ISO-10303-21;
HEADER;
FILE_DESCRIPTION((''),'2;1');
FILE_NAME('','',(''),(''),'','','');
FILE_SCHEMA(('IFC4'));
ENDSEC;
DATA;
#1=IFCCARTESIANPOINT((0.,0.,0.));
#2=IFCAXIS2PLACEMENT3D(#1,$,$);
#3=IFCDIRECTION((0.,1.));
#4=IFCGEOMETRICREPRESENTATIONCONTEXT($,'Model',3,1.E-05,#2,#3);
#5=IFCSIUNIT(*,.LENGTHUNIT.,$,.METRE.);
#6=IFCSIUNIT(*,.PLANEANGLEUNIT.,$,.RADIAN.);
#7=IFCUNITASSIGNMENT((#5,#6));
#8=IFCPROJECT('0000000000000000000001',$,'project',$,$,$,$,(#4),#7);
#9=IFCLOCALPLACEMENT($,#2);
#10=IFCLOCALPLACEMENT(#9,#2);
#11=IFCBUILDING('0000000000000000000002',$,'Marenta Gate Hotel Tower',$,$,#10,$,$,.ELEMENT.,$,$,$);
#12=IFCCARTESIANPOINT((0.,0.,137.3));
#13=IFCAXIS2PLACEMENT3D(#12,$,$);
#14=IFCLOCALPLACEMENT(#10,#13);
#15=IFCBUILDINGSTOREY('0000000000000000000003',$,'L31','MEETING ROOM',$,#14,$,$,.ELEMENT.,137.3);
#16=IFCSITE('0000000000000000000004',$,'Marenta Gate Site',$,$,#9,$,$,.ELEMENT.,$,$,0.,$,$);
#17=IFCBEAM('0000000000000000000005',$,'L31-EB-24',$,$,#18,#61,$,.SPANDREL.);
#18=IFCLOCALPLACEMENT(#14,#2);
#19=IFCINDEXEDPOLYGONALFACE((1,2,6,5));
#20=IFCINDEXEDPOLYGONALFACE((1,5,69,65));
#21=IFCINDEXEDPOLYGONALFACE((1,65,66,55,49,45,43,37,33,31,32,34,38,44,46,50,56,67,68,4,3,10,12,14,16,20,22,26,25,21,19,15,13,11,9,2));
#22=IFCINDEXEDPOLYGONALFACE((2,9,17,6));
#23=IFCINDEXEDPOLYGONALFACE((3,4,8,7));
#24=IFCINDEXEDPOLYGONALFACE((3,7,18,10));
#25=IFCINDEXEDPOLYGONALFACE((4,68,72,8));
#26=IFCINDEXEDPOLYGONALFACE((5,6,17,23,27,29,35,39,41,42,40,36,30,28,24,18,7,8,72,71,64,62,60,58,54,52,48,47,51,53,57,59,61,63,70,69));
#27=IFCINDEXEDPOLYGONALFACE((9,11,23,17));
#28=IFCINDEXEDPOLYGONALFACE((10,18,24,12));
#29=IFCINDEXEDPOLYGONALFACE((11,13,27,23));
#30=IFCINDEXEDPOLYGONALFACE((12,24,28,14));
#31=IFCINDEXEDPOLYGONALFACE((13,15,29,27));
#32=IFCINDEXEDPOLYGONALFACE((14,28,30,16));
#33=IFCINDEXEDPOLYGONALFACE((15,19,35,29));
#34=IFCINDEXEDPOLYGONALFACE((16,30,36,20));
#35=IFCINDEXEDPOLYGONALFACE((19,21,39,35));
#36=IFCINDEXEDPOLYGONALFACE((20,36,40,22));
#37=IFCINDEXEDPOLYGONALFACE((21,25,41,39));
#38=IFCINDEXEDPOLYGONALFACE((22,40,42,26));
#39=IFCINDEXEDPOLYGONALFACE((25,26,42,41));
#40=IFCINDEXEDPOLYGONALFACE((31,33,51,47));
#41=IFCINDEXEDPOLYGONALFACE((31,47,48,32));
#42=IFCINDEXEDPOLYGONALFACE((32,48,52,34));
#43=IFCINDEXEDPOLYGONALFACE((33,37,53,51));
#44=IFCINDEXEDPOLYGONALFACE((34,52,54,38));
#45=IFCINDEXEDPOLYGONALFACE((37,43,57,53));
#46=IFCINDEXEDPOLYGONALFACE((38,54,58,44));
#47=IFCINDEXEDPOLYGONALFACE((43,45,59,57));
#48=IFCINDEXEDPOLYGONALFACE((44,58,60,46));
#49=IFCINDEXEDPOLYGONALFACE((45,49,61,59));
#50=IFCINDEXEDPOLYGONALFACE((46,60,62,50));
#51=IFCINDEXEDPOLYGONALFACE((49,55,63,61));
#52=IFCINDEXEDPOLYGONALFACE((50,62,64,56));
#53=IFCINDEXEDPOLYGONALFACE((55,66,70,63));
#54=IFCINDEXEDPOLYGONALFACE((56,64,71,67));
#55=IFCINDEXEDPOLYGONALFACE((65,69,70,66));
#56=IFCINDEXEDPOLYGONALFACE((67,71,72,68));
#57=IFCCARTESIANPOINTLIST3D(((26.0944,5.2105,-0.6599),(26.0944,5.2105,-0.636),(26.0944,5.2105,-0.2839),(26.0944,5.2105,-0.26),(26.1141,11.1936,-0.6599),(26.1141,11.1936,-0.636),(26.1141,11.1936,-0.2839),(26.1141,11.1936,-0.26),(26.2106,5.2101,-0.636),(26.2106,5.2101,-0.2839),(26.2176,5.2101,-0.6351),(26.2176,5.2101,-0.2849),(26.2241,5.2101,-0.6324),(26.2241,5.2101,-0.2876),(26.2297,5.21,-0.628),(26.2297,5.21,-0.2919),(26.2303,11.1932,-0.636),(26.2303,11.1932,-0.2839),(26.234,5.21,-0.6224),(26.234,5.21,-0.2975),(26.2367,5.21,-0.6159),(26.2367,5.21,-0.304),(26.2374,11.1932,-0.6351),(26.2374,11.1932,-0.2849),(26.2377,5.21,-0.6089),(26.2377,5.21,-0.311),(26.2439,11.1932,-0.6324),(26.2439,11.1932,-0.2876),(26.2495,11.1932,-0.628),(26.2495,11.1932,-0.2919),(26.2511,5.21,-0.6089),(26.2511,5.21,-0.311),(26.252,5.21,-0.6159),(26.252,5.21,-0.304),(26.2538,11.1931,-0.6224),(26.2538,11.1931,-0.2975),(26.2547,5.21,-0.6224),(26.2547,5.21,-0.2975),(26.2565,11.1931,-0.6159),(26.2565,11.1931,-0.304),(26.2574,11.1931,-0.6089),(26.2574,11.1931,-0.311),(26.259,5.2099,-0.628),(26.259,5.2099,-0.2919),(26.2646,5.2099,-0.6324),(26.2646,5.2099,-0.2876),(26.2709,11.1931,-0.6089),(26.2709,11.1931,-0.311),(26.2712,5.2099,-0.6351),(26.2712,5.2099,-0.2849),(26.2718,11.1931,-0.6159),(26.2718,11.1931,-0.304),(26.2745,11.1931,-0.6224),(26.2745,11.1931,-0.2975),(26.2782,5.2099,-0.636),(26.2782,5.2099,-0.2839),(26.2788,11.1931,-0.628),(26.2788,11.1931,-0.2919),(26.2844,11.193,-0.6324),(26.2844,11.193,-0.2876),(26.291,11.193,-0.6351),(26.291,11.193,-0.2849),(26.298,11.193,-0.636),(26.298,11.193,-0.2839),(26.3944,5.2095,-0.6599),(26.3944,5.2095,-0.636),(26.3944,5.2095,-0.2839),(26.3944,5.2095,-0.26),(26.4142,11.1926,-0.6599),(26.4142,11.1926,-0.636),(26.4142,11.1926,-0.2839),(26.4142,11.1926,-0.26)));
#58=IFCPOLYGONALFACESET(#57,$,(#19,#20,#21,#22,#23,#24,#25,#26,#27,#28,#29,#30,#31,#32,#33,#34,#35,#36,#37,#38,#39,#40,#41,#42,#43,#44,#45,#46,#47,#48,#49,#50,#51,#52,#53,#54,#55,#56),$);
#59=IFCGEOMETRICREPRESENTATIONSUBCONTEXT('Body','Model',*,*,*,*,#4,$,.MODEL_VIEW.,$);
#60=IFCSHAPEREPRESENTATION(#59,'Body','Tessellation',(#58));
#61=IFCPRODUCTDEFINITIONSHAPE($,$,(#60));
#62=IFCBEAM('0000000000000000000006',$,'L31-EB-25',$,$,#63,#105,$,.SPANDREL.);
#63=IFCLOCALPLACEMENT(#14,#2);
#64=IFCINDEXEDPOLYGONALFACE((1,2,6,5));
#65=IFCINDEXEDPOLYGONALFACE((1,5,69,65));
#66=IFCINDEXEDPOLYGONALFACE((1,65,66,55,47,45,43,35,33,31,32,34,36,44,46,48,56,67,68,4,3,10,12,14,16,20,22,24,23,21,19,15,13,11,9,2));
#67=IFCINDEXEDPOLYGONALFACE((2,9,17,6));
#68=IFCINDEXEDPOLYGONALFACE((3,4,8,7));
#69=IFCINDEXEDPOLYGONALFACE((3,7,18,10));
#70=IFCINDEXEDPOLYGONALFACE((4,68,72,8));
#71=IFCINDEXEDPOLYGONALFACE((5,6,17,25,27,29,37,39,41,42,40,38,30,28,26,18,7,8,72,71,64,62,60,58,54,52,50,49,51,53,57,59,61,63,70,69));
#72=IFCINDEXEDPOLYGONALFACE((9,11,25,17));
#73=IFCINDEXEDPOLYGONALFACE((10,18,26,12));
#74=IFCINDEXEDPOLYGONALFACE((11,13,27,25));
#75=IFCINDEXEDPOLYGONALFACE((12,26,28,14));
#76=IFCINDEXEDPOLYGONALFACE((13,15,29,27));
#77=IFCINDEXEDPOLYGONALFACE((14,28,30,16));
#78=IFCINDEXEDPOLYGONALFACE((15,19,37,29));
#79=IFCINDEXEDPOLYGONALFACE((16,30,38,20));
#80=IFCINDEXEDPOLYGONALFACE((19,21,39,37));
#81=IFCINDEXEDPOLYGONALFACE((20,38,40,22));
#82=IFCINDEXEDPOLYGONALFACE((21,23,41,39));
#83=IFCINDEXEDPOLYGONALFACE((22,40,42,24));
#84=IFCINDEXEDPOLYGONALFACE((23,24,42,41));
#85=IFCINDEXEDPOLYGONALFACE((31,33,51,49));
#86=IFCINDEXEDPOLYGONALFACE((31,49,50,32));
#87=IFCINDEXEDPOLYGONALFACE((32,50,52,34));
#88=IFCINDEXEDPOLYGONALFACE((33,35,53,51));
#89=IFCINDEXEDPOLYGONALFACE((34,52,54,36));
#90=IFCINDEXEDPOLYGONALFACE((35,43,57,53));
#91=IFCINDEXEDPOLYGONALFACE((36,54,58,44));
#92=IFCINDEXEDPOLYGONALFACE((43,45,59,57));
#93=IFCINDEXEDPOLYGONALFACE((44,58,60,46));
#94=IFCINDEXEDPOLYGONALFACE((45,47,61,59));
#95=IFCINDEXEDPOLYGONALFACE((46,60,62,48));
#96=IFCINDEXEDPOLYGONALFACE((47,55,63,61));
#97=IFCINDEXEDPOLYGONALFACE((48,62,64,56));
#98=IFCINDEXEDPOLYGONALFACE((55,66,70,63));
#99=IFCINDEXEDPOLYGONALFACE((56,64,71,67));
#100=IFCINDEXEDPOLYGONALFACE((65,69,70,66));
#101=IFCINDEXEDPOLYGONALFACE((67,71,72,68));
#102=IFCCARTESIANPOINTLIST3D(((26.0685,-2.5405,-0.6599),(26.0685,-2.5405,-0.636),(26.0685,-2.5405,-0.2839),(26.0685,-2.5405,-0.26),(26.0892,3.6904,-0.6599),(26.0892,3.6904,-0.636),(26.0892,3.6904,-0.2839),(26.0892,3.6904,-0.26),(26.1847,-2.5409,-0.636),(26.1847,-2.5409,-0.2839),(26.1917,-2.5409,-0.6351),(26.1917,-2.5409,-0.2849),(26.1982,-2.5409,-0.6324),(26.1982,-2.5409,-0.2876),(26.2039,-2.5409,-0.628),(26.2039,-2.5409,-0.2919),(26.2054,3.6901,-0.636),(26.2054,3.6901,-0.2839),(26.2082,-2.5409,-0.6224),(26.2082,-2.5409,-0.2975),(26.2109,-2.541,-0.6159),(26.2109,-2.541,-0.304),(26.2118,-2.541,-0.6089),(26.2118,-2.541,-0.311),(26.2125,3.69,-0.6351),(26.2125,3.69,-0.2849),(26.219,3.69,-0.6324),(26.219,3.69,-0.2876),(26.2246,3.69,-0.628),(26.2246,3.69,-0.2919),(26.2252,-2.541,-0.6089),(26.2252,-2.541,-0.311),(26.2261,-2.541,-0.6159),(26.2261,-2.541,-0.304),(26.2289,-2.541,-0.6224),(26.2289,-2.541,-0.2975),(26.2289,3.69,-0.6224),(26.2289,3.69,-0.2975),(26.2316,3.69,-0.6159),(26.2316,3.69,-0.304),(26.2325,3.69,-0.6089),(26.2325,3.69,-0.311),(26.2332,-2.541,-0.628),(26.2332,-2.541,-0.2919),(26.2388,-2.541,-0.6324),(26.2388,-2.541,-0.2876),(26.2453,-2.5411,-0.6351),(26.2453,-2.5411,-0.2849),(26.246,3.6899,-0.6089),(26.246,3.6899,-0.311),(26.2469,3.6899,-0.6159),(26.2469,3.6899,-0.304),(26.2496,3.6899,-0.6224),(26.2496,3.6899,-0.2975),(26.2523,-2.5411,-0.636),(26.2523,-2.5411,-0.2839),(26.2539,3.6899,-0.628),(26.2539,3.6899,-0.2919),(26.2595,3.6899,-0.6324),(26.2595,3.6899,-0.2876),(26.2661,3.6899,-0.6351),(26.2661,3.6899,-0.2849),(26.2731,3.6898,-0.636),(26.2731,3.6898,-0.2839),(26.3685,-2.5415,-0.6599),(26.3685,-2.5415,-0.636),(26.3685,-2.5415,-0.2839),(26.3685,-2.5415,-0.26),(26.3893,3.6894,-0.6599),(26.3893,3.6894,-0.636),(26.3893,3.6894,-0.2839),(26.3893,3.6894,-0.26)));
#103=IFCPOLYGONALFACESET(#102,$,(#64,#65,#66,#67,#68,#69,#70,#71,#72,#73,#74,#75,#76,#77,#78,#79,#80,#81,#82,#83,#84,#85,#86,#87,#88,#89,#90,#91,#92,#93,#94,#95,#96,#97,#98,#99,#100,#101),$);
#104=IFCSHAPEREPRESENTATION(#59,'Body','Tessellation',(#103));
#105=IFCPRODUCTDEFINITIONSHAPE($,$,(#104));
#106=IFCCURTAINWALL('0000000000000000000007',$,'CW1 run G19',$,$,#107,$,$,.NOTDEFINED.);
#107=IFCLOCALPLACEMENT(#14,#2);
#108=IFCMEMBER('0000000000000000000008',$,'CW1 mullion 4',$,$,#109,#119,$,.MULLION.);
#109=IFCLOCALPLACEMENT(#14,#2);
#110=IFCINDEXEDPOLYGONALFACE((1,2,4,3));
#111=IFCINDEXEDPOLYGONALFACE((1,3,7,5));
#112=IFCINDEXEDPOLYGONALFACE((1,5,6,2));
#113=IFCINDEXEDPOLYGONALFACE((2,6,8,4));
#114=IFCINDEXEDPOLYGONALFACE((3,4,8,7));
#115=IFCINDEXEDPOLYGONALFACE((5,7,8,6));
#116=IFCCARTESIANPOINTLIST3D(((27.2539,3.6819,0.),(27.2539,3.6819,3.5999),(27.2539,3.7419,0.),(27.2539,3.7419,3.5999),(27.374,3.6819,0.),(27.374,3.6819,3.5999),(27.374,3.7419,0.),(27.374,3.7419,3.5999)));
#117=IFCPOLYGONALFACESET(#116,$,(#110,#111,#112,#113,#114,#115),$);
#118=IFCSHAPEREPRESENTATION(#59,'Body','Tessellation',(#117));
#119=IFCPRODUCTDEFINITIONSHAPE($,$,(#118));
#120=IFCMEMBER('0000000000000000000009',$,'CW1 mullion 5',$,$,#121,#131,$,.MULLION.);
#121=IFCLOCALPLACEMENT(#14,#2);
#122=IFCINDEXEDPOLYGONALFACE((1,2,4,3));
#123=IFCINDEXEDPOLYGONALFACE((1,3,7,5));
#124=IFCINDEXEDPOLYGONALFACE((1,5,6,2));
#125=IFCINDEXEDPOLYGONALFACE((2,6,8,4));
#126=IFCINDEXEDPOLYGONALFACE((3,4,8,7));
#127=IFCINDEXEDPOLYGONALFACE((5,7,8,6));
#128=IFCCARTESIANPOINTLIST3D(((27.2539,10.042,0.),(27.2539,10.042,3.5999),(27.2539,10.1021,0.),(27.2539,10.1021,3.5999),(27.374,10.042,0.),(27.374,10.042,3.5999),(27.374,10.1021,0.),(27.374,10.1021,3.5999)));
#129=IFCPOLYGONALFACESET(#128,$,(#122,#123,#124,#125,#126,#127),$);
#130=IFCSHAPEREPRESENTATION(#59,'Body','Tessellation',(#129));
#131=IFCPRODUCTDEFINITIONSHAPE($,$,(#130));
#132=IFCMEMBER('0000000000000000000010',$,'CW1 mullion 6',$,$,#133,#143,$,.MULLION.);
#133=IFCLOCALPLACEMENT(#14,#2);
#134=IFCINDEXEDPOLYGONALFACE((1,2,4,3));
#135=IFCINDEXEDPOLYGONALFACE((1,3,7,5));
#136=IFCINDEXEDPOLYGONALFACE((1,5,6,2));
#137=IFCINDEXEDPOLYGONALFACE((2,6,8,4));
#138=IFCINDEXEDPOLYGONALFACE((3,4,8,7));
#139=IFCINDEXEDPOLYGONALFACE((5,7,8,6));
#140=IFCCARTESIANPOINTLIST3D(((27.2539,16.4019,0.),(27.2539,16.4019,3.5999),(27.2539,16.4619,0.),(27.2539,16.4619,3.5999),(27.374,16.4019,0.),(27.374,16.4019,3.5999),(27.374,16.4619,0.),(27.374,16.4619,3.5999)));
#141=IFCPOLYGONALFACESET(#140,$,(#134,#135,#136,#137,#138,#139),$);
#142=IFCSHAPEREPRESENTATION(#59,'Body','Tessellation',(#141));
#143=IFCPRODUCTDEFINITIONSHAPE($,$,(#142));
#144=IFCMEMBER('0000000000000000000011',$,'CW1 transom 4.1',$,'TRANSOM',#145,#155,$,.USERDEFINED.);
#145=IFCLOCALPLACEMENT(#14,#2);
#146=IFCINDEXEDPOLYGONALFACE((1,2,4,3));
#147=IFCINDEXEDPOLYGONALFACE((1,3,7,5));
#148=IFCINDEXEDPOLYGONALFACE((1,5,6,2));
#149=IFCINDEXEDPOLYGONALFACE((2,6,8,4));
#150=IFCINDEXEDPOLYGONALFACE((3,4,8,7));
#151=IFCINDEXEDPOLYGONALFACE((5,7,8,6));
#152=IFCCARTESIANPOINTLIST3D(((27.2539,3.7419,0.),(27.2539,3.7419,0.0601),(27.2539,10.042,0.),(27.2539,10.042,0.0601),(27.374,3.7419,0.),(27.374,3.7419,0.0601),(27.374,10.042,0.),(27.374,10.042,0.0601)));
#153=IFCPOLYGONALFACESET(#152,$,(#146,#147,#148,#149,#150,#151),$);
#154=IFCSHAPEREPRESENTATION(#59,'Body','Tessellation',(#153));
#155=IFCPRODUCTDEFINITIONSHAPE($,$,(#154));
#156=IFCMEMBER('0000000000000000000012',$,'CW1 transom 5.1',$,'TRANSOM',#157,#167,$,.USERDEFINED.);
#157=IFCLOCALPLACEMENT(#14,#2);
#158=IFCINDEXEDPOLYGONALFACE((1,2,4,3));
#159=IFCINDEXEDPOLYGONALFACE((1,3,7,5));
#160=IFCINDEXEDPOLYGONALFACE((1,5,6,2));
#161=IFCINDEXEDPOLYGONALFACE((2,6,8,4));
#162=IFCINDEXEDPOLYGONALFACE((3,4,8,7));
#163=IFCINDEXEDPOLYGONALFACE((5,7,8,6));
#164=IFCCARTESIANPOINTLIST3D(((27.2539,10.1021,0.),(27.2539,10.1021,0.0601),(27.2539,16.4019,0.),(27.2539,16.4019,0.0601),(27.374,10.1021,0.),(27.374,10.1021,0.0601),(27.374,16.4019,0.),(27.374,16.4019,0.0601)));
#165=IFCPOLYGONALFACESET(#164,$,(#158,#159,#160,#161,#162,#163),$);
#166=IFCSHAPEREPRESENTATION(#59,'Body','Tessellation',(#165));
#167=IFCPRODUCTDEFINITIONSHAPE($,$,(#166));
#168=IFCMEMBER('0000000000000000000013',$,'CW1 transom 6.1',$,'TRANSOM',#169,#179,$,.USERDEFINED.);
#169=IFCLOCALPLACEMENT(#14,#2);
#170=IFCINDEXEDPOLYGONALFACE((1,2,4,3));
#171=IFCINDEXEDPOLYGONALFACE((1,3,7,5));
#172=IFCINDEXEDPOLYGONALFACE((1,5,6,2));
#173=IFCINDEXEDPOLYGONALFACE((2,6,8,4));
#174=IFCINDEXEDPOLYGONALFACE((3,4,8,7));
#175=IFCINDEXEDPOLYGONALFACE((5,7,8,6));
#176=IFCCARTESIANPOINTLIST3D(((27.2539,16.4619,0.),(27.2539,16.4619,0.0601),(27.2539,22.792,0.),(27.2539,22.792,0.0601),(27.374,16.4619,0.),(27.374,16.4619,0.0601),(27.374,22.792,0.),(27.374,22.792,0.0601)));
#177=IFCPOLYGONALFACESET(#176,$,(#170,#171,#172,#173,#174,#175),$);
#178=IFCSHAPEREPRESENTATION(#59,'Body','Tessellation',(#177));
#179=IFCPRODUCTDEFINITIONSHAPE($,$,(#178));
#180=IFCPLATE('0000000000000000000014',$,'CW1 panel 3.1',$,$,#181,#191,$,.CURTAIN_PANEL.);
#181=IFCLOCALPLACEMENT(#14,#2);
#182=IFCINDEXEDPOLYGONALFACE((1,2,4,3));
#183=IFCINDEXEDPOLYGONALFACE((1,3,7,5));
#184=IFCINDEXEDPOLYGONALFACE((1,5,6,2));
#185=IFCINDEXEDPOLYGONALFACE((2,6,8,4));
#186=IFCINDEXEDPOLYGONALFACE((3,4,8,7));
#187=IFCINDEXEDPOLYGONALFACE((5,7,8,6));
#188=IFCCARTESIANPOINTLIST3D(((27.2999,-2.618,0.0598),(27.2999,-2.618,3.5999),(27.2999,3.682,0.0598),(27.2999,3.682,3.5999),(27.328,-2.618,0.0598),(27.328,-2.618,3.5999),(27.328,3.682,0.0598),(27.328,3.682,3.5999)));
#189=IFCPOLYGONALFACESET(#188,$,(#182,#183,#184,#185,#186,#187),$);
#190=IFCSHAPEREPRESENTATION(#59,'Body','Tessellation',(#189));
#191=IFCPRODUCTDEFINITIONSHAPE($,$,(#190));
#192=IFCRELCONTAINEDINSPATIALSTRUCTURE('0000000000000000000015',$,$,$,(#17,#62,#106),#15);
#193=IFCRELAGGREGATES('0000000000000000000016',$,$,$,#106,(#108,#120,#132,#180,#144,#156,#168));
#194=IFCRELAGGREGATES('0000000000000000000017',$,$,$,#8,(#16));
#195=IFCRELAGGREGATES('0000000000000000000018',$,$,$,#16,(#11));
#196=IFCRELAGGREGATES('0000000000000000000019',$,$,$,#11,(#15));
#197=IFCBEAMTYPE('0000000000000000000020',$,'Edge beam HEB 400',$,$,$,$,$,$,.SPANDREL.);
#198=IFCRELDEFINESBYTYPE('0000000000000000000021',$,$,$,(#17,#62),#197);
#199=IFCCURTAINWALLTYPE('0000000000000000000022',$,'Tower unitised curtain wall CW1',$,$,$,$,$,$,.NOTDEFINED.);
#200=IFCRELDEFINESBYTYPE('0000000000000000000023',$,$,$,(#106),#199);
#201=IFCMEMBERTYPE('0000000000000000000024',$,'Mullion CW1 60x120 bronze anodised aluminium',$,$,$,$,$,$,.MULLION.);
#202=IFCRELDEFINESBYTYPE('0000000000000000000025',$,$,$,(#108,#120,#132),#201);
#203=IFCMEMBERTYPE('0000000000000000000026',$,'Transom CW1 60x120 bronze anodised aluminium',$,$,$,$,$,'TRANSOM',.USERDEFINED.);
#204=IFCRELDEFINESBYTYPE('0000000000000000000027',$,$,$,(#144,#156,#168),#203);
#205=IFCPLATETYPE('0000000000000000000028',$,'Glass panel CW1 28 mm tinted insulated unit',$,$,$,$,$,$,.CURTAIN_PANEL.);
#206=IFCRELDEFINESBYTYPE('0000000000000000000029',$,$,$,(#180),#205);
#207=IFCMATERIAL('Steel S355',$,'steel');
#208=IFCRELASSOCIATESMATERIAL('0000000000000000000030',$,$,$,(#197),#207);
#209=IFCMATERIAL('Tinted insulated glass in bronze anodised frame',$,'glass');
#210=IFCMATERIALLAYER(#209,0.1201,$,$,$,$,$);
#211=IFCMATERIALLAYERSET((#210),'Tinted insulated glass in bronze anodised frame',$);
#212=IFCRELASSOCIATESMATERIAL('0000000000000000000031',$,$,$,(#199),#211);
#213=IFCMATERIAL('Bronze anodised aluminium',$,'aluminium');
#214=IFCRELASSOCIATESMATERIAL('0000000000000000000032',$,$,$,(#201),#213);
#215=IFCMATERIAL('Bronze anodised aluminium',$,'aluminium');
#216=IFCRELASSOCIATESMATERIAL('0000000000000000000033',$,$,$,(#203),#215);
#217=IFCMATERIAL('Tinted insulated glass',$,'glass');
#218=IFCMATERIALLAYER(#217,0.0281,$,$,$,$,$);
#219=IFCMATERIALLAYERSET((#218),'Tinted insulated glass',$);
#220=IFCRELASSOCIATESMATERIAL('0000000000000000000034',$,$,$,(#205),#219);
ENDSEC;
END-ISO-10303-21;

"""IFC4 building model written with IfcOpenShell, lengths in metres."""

from ifc_helpers import new_model, si_unit, direction, frame, origin, origin_2d, place, context, subcontext, project, spatial, rectangle, i_section, extrude, material, layer, layer_set, material_profile, profile_set, type_object, element, aggregate, save


model = new_model("IFC4")

# Units and contexts
model_context = context("Model", 3, precision=1e-05, world=origin(), true_north=direction((0.0, 1.0)))
body_context = subcontext(model_context, "Body", "Model", "MODEL_VIEW")
ifc_project = project(units=[si_unit("LENGTHUNIT", "METRE"), si_unit("PLANEANGLEUNIT", "RADIAN")], contexts=[model_context])

# Site, building, storey
site_placement = place(None, origin())
site = spatial("IfcSite", under=ifc_project, at=site_placement, Name="Marenta Gate Site", CompositionType="ELEMENT", RefElevation=0.0)
building_placement = place(site_placement, origin())
building = spatial("IfcBuilding", under=site, at=building_placement, Name="Marenta Gate Hotel Tower", CompositionType="ELEMENT")
storey_placement = place(building_placement, frame((0.0, 0.0, 137.3)))
storey = spatial("IfcBuildingStorey", under=building, at=storey_placement, Name="L31", Description="MEETING ROOM", CompositionType="ELEMENT", Elevation=137.3)

# Beams
ifc_material_1 = material(Name="Steel S355", Category="steel")
ifc_material_profile_1 = material_profile(ifc_material_1, i_section(OverallWidth=0.3, OverallDepth=0.3999, WebThickness=0.0134, FlangeThickness=0.0239, FilletRadius=0.0271, at=origin_2d()), Name="HEB 400")
ifc_profile_set_1 = profile_set([ifc_material_profile_1], Name="Steel S355")
beam_type = type_object("IfcBeamType", Name="Edge beam HEB 400", PredefinedType="SPANDREL", material=ifc_profile_set_1)
beam_1_placement = place(storey_placement, frame((26.2642, 11.1931, -0.46), z_axis=(-0.003305, -0.999995, 0.0), x_axis=(0.999995, -0.003305, 0.0)))
element("IfcBeam", 1, at=beam_1_placement, inside=storey, type_object=beam_type, Name="L31-EB-24", PredefinedType="SPANDREL", context=body_context, shape_type="SweptSolid", body=[
    extrude(i_section(OverallWidth=0.3, OverallDepth=0.3999, WebThickness=0.0134, FlangeThickness=0.0239, FilletRadius=0.0271, at=origin_2d()), origin(), (0.0, 0.0, 1.0), 5.9832),
])
beam_2_placement = place(storey_placement, frame((26.2393, 3.6899, -0.46), z_axis=(-0.00333, -0.999994, 0.0), x_axis=(0.999994, -0.00333, 0.0)))
element("IfcBeam", 2, at=beam_2_placement, inside=storey, type_object=beam_type, Name="L31-EB-25", PredefinedType="SPANDREL", context=body_context, shape_type="SweptSolid", body=[
    extrude(i_section(OverallWidth=0.3, OverallDepth=0.3999, WebThickness=0.0134, FlangeThickness=0.0239, FilletRadius=0.0271, at=origin_2d()), origin(), (0.0, 0.0, 1.0), 6.231),
])

# Curtain wall, members, plate
ifc_material_2 = material(Name="Tinted insulated glass in bronze anodised frame", Category="glass")
ifc_layer_1 = layer(ifc_material_2, 0.1201)
ifc_layer_set_1 = layer_set([ifc_layer_1], Name="Tinted insulated glass in bronze anodised frame")
curtain_wall_type = type_object("IfcCurtainWallType", Name="Tower unitised curtain wall CW1", PredefinedType="NOTDEFINED", material=ifc_layer_set_1)
curtain_wall_placement = place(storey_placement, origin())
curtain_wall = element("IfcCurtainWall", 3, at=curtain_wall_placement, inside=storey, type_object=curtain_wall_type, Name="CW1 run G19", PredefinedType="NOTDEFINED")
ifc_material_3 = material(Name="Bronze anodised aluminium", Category="aluminium")
ifc_material_profile_2 = material_profile(ifc_material_3, rectangle(XDim=0.1201, YDim=0.0601, at=origin_2d()), Name="Mullion CW1 60x120 bronze anodised aluminium")
ifc_profile_set_2 = profile_set([ifc_material_profile_2], Name="Bronze anodised aluminium")
member_type_1 = type_object("IfcMemberType", Name="Mullion CW1 60x120 bronze anodised aluminium", PredefinedType="MULLION", material=ifc_profile_set_2)
member_1_placement = place(storey_placement, frame((27.314, 3.7119, 0.0), z_axis=(0.0, 0.0, 1.0), x_axis=(-1.0, 0.0, 0.0)))
member_1 = element("IfcMember", 4, at=member_1_placement, type_object=member_type_1, Name="CW1 mullion 4", PredefinedType="MULLION", context=body_context, shape_type="SweptSolid", body=[
    extrude(rectangle(XDim=0.1201, YDim=0.0601, at=origin_2d()), origin(), (0.0, 0.0, 1.0), 3.5999),
])
member_2_placement = place(storey_placement, frame((27.314, 10.072, 0.0), z_axis=(0.0, 0.0, 1.0), x_axis=(-1.0, 0.0, 0.0)))
member_2 = element("IfcMember", 5, at=member_2_placement, type_object=member_type_1, Name="CW1 mullion 5", PredefinedType="MULLION", context=body_context, shape_type="SweptSolid", body=[
    extrude(rectangle(XDim=0.1201, YDim=0.0601, at=origin_2d()), origin(), (0.0, 0.0, 1.0), 3.5999),
])
member_3_placement = place(storey_placement, frame((27.314, 16.4319, 0.0), z_axis=(0.0, 0.0, 1.0), x_axis=(-1.0, 0.0, 0.0)))
member_3 = element("IfcMember", 6, at=member_3_placement, type_object=member_type_1, Name="CW1 mullion 6", PredefinedType="MULLION", context=body_context, shape_type="SweptSolid", body=[
    extrude(rectangle(XDim=0.1201, YDim=0.0601, at=origin_2d()), origin(), (0.0, 0.0, 1.0), 3.5999),
])
ifc_material_4 = material(Name="Bronze anodised aluminium", Category="aluminium")
ifc_material_profile_3 = material_profile(ifc_material_4, rectangle(XDim=0.1201, YDim=0.0601, at=origin_2d()), Name="Transom CW1 60x120 bronze anodised aluminium")
ifc_profile_set_3 = profile_set([ifc_material_profile_3], Name="Bronze anodised aluminium")
member_type_2 = type_object("IfcMemberType", Name="Transom CW1 60x120 bronze anodised aluminium", ElementType="TRANSOM", PredefinedType="USERDEFINED", material=ifc_profile_set_3)
member_4_placement = place(storey_placement, frame((27.314, 3.7419, 0.03), z_axis=(0.0, 1.0, 0.0), x_axis=(-1.0, 0.0, 0.0)))
member_4 = element("IfcMember", 7, at=member_4_placement, type_object=member_type_2, Name="CW1 transom 4.1", ObjectType="TRANSOM", PredefinedType="USERDEFINED", context=body_context, shape_type="SweptSolid", body=[
    extrude(rectangle(XDim=0.1201, YDim=0.0601, at=origin_2d()), origin(), (0.0, 0.0, 1.0), 6.3),
])
member_5_placement = place(storey_placement, frame((27.314, 10.1021, 0.03), z_axis=(0.0, 1.0, 0.0), x_axis=(-1.0, 0.0, 0.0)))
member_5 = element("IfcMember", 8, at=member_5_placement, type_object=member_type_2, Name="CW1 transom 5.1", ObjectType="TRANSOM", PredefinedType="USERDEFINED", context=body_context, shape_type="SweptSolid", body=[
    extrude(rectangle(XDim=0.1201, YDim=0.0601, at=origin_2d()), origin(), (0.0, 0.0, 1.0), 6.2998),
])
member_6_placement = place(storey_placement, frame((27.314, 16.4619, 0.03), z_axis=(0.0, 1.0, 0.0), x_axis=(-1.0, 0.0, 0.0)))
member_6 = element("IfcMember", 9, at=member_6_placement, type_object=member_type_2, Name="CW1 transom 6.1", ObjectType="TRANSOM", PredefinedType="USERDEFINED", context=body_context, shape_type="SweptSolid", body=[
    extrude(rectangle(XDim=0.1201, YDim=0.0601, at=origin_2d()), origin(), (0.0, 0.0, 1.0), 6.3301),
])
ifc_material_5 = material(Name="Tinted insulated glass", Category="glass")
ifc_layer_2 = layer(ifc_material_5, 0.0281)
ifc_layer_set_2 = layer_set([ifc_layer_2], Name="Tinted insulated glass")
plate_type = type_object("IfcPlateType", Name="Glass panel CW1 28 mm tinted insulated unit", PredefinedType="CURTAIN_PANEL", material=ifc_layer_set_2)
plate_1_placement = place(storey_placement, frame((27.314, 0.532, 0.0598), z_axis=(0.0, 0.0, 1.0), x_axis=(0.0, 1.0, 0.0)))
plate_1 = element("IfcPlate", 10, at=plate_1_placement, type_object=plate_type, Name="CW1 panel 3.1", PredefinedType="CURTAIN_PANEL", context=body_context, shape_type="SweptSolid", body=[
    extrude(rectangle(XDim=6.3, YDim=0.0281, at=origin_2d()), origin(), (0.0, 0.0, 1.0), 3.54),
])
aggregate(curtain_wall, [member_1, member_2, member_3, plate_1, member_4, member_5, member_6])

save(model, "model.ifc")
